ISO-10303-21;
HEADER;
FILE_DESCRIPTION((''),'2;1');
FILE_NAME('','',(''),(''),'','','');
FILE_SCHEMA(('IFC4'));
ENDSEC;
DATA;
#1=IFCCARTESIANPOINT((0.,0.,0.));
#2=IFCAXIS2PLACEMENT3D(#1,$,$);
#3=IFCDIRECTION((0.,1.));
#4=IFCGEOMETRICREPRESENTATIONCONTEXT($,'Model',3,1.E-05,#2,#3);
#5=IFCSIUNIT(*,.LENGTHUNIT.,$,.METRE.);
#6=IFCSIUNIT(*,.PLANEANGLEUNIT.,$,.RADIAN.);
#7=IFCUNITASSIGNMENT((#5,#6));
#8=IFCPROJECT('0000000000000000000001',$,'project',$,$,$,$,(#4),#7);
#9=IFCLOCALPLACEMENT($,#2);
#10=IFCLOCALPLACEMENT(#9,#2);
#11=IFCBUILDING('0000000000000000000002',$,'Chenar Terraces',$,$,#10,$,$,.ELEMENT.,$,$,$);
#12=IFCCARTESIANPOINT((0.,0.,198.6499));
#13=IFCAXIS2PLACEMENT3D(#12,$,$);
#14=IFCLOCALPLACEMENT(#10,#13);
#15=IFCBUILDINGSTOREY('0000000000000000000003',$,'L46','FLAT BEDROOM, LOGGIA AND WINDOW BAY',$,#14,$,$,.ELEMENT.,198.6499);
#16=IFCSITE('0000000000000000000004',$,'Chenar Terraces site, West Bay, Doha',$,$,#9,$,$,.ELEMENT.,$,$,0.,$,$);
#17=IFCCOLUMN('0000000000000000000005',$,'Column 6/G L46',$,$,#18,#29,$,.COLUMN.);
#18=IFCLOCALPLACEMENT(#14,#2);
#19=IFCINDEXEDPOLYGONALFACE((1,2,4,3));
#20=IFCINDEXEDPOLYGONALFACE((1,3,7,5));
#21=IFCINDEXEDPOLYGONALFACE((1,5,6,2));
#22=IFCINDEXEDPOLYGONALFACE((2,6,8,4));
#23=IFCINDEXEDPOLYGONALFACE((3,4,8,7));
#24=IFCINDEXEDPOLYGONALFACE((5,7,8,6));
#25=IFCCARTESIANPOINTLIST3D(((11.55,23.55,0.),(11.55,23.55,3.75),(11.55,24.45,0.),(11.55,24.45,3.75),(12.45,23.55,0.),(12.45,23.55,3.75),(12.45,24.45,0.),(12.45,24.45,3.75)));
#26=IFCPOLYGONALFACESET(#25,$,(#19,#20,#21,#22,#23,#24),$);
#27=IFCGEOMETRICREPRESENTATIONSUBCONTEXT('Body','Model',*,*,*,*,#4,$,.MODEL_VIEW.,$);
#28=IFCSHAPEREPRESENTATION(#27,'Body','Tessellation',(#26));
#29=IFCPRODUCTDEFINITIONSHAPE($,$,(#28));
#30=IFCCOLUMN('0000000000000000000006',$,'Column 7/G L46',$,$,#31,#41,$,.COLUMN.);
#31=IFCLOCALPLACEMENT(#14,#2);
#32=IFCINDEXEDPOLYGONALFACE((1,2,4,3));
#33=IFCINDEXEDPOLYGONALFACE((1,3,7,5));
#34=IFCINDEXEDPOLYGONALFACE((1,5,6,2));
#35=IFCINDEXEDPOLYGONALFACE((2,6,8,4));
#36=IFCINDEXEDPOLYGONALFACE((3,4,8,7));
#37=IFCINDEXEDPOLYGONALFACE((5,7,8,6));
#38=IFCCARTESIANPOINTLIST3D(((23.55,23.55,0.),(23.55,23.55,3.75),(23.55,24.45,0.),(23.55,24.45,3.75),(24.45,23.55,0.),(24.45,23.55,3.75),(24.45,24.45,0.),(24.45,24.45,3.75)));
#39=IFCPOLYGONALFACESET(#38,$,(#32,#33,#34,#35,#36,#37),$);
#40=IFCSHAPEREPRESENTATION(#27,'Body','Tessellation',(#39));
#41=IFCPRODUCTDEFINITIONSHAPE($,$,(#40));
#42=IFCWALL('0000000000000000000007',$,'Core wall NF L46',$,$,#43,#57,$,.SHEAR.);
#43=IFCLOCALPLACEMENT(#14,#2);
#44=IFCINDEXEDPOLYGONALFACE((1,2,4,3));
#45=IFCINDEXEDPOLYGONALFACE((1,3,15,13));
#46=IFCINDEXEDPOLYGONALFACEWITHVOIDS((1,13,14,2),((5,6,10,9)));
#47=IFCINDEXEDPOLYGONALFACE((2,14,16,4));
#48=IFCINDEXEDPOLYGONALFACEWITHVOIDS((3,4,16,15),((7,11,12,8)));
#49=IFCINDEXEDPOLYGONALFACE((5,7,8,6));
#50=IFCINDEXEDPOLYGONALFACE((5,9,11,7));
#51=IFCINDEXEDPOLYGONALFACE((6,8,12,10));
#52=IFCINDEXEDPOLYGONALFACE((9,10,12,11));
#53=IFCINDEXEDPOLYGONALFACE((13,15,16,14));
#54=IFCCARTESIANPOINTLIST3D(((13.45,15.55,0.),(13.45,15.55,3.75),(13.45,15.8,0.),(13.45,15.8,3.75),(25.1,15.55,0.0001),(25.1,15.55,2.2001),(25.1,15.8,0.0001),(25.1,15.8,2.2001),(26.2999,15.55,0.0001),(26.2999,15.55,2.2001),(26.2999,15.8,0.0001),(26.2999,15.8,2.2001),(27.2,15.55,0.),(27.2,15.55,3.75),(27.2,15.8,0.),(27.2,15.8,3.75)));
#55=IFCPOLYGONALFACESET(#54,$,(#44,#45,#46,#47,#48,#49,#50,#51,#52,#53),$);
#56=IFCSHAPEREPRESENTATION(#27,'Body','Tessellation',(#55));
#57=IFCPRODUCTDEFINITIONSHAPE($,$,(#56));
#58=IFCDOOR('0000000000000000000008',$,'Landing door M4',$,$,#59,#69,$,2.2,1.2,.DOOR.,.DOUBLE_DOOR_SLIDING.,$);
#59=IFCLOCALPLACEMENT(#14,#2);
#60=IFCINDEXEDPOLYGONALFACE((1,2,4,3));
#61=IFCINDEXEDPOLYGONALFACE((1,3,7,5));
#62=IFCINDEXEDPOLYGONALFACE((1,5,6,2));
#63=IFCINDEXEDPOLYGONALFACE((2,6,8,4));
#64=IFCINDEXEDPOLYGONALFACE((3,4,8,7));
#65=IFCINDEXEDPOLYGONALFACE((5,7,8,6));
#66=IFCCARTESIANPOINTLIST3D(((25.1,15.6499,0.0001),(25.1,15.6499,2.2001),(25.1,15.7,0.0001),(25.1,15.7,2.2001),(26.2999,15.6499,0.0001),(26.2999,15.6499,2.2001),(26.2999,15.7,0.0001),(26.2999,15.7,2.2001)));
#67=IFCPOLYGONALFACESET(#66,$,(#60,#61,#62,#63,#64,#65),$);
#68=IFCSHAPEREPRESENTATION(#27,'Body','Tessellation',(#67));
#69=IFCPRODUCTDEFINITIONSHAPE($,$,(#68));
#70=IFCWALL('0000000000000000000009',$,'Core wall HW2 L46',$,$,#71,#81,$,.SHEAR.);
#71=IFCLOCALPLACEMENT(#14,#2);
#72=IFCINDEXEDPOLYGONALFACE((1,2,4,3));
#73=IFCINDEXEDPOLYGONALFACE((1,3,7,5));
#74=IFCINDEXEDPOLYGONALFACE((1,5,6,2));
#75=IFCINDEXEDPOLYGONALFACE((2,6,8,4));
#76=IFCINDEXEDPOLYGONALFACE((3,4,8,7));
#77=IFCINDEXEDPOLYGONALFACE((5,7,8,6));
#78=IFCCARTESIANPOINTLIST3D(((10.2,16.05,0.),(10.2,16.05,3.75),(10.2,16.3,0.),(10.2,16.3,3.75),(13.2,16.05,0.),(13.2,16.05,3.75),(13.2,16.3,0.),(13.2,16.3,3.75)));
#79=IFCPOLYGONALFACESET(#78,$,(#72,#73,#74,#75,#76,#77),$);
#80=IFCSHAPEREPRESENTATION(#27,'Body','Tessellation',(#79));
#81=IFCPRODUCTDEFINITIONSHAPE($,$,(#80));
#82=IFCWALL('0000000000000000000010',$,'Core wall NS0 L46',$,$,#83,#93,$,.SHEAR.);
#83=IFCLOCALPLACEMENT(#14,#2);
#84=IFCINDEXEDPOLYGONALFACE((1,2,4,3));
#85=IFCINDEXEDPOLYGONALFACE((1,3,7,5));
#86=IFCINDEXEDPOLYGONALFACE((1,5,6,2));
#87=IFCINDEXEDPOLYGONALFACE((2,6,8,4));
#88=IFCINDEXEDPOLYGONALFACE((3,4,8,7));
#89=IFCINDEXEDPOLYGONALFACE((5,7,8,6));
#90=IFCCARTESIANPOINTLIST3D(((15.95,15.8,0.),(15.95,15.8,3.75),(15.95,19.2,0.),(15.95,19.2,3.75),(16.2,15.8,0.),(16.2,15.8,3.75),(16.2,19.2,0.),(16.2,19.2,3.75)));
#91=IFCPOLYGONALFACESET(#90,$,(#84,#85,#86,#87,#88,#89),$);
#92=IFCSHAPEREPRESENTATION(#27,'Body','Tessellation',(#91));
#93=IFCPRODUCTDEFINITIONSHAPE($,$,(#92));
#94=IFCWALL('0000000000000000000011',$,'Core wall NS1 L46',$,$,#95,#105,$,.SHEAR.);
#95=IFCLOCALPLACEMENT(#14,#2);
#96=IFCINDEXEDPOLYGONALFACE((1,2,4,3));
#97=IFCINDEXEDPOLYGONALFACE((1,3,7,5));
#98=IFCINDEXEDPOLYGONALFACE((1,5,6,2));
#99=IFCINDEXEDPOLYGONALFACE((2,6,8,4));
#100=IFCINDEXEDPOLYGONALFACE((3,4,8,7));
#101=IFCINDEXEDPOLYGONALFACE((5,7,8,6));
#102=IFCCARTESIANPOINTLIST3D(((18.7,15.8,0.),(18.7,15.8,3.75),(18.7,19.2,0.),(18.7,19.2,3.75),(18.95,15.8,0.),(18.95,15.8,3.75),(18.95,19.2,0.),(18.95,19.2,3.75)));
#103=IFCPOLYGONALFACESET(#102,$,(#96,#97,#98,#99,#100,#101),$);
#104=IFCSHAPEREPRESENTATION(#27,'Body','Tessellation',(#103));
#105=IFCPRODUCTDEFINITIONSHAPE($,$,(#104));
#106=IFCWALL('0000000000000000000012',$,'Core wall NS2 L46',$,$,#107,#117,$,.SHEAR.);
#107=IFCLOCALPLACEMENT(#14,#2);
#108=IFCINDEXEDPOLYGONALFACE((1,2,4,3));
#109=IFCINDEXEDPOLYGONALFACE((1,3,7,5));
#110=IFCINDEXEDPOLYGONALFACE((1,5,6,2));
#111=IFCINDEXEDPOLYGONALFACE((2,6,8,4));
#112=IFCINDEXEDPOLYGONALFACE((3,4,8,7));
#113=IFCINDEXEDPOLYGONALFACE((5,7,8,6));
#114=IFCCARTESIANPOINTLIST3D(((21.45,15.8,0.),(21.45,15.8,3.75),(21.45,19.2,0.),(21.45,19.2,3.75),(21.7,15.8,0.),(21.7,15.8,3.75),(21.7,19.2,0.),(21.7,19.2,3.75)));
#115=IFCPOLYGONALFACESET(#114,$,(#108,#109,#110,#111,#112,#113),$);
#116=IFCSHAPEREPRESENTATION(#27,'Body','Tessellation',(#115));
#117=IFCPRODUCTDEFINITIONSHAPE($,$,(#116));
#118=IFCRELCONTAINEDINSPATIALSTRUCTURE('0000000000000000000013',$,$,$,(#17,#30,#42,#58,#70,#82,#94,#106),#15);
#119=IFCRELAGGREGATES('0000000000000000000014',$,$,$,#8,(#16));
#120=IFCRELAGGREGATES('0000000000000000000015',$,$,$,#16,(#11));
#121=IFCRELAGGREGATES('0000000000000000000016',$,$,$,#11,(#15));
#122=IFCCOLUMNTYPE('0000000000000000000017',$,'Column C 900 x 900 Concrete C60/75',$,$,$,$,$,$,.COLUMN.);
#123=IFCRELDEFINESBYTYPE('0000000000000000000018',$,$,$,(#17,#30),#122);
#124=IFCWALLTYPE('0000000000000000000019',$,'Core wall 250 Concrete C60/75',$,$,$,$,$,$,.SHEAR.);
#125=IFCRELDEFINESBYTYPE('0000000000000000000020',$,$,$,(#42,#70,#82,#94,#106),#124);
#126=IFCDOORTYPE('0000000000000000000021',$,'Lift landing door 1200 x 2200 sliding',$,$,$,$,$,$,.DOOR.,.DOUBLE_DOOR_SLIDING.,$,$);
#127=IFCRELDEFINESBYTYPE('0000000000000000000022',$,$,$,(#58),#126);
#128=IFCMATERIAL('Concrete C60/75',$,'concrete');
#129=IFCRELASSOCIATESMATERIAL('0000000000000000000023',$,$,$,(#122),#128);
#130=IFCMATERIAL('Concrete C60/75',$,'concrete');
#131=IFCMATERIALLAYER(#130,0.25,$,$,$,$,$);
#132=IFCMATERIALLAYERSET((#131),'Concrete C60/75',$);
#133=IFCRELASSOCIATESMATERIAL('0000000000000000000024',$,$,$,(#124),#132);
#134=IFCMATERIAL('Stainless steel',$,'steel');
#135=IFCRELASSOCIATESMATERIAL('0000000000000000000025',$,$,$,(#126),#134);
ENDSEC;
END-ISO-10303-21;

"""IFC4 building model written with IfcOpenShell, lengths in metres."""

from ifc_helpers import new_model, si_unit, direction, frame, frame_2d, origin, origin_2d, place, context, subcontext, project, spatial, rectangle, extrude, material, layer, layer_set, material_profile, profile_set, type_object, element, fill, save


model = new_model("IFC4")

# Units and contexts
model_context = context("Model", 3, precision=1e-05, world=origin(), true_north=direction((0.0, 1.0)))
body_context = subcontext(model_context, "Body", "Model", "MODEL_VIEW")
ifc_project = project(units=[si_unit("LENGTHUNIT", "METRE"), si_unit("PLANEANGLEUNIT", "RADIAN")], contexts=[model_context])

# Site, building, storey
site_placement = place(None, origin())
site = spatial("IfcSite", under=ifc_project, at=site_placement, Name="Chenar Terraces site, West Bay, Doha", CompositionType="ELEMENT", RefElevation=0.0)
building_placement = place(site_placement, origin())
building = spatial("IfcBuilding", under=site, at=building_placement, Name="Chenar Terraces", CompositionType="ELEMENT")
storey_placement = place(building_placement, frame((0.0, 0.0, 198.6499)))
storey = spatial("IfcBuildingStorey", under=building, at=storey_placement, Name="L46", Description="FLAT BEDROOM, LOGGIA AND WINDOW BAY", CompositionType="ELEMENT", Elevation=198.6499)

# Columns
ifc_material_1 = material(Name="Concrete C60/75", Category="concrete")
ifc_material_profile = material_profile(ifc_material_1, rectangle(XDim=0.8999, YDim=0.8999, at=origin_2d()), Name="C 900 x 900")
ifc_profile_set = profile_set([ifc_material_profile], Name="Concrete C60/75")
column_type = type_object("IfcColumnType", Name="Column C 900 x 900 Concrete C60/75", PredefinedType="COLUMN", material=ifc_profile_set)
for number, where, z_axis, x_axis, name in (
    (1, (12.0, 24.0, 0.0), (0.0, 0.0, 1.0), (1.0, 0.0, 0.0), "Column 6/G L46"),
    (2, (24.0, 24.0, 0.0), (0.0, 0.0, 1.0), (1.0, 0.0, 0.0), "Column 7/G L46"),
):
    element("IfcColumn", number, at=place(storey_placement, frame(where, z_axis=z_axis, x_axis=x_axis)), inside=storey, type_object=column_type, Name=name, PredefinedType="COLUMN", context=body_context, shape_type="SweptSolid", body=[
        extrude(rectangle(XDim=0.8999, YDim=0.8999, at=origin_2d()), origin(), (0.0, 0.0, 1.0), 3.75),
    ])

# Wall, opening, door
ifc_material_2 = material(Name="Concrete C60/75", Category="concrete")
ifc_layer_1 = layer(ifc_material_2, 0.25)
ifc_layer_set_1 = layer_set([ifc_layer_1], Name="Concrete C60/75")
wall_type_1 = type_object("IfcWallType", Name="Core wall 250 Concrete C60/75", PredefinedType="SHEAR", material=ifc_layer_set_1)
wall_1_placement = place(storey_placement, frame((13.45, 15.675, 0.0), z_axis=(0.0, 0.0, 1.0), x_axis=(1.0, 0.0, 0.0)))
wall_1 = element("IfcWall", 3, at=wall_1_placement, inside=storey, type_object=wall_type_1, Name="Core wall NF L46", PredefinedType="SHEAR", context=body_context, shape_type="SweptSolid", body=[
    extrude(rectangle(XDim=13.75, YDim=0.25, at=frame_2d((6.875, 0.0))), origin(), (0.0, 0.0, 1.0), 3.75),
])
opening_1_placement = place(wall_1_placement, frame((11.6499, 0.0, 0.0)))
opening_1 = element("IfcOpeningElement", 4, at=opening_1_placement, cuts=wall_1, PredefinedType="OPENING", context=body_context, shape_type="SweptSolid", body=[
    extrude(rectangle(XDim=1.2, YDim=2.2, at=frame_2d((0.6001, 1.1001))), frame((0.0, 0.135, 0.0), z_axis=(0.0, -1.0, 0.0), x_axis=(1.0, 0.0, 0.0)), (0.0, 0.0, 1.0), 0.27),
])
ifc_material_3 = material(Name="Stainless steel", Category="steel")
door_type_1 = type_object("IfcDoorType", Name="Lift landing door 1200 x 2200 sliding", OperationType="DOUBLE_DOOR_SLIDING", PredefinedType="DOOR", material=ifc_material_3)
door_1_placement = place(opening_1_placement, origin())
door_1 = element("IfcDoor", 5, at=door_1_placement, inside=storey, type_object=door_type_1, Name="Landing door M4", OperationType="DOUBLE_DOOR_SLIDING", OverallHeight=2.2, OverallWidth=1.2, PredefinedType="DOOR", context=body_context, shape_type="SweptSolid", body=[
    extrude(rectangle(XDim=1.2, YDim=2.2, at=frame_2d((0.6001, 1.1001))), frame((0.0, 0.0249, 0.0), z_axis=(0.0, -1.0, 0.0), x_axis=(1.0, 0.0, 0.0)), (0.0, 0.0, 1.0), 0.05),
])
fill(opening_1, door_1)

# Walls
wall_2_placement = place(storey_placement, frame((10.2, 16.175, 0.0), z_axis=(0.0, 0.0, 1.0), x_axis=(1.0, 0.0, 0.0)))
element("IfcWall", 6, at=wall_2_placement, inside=storey, type_object=wall_type_1, Name="Core wall HW2 L46", PredefinedType="SHEAR", context=body_context, shape_type="SweptSolid", body=[
    extrude(rectangle(XDim=3.0, YDim=0.25, at=frame_2d((1.5, 0.0))), origin(), (0.0, 0.0, 1.0), 3.75),
])
for number, where, z_axis, x_axis, name in (
    (7, (16.075, 15.8, 0.0), (0.0, 0.0, 1.0), (0.0, 1.0, 0.0), "Core wall NS0 L46"),
    (8, (18.825, 15.8, 0.0), (0.0, 0.0, 1.0), (0.0, 1.0, 0.0), "Core wall NS1 L46"),
    (9, (21.575, 15.8, 0.0), (0.0, 0.0, 1.0), (0.0, 1.0, 0.0), "Core wall NS2 L46"),
):
    element("IfcWall", number, at=place(storey_placement, frame(where, z_axis=z_axis, x_axis=x_axis)), inside=storey, type_object=wall_type_1, Name=name, PredefinedType="SHEAR", context=body_context, shape_type="SweptSolid", body=[
        extrude(rectangle(XDim=3.3999, YDim=0.25, at=frame_2d((1.7, 0.0))), origin(), (0.0, 0.0, 1.0), 3.75),
    ])

save(model, "model.ifc")
